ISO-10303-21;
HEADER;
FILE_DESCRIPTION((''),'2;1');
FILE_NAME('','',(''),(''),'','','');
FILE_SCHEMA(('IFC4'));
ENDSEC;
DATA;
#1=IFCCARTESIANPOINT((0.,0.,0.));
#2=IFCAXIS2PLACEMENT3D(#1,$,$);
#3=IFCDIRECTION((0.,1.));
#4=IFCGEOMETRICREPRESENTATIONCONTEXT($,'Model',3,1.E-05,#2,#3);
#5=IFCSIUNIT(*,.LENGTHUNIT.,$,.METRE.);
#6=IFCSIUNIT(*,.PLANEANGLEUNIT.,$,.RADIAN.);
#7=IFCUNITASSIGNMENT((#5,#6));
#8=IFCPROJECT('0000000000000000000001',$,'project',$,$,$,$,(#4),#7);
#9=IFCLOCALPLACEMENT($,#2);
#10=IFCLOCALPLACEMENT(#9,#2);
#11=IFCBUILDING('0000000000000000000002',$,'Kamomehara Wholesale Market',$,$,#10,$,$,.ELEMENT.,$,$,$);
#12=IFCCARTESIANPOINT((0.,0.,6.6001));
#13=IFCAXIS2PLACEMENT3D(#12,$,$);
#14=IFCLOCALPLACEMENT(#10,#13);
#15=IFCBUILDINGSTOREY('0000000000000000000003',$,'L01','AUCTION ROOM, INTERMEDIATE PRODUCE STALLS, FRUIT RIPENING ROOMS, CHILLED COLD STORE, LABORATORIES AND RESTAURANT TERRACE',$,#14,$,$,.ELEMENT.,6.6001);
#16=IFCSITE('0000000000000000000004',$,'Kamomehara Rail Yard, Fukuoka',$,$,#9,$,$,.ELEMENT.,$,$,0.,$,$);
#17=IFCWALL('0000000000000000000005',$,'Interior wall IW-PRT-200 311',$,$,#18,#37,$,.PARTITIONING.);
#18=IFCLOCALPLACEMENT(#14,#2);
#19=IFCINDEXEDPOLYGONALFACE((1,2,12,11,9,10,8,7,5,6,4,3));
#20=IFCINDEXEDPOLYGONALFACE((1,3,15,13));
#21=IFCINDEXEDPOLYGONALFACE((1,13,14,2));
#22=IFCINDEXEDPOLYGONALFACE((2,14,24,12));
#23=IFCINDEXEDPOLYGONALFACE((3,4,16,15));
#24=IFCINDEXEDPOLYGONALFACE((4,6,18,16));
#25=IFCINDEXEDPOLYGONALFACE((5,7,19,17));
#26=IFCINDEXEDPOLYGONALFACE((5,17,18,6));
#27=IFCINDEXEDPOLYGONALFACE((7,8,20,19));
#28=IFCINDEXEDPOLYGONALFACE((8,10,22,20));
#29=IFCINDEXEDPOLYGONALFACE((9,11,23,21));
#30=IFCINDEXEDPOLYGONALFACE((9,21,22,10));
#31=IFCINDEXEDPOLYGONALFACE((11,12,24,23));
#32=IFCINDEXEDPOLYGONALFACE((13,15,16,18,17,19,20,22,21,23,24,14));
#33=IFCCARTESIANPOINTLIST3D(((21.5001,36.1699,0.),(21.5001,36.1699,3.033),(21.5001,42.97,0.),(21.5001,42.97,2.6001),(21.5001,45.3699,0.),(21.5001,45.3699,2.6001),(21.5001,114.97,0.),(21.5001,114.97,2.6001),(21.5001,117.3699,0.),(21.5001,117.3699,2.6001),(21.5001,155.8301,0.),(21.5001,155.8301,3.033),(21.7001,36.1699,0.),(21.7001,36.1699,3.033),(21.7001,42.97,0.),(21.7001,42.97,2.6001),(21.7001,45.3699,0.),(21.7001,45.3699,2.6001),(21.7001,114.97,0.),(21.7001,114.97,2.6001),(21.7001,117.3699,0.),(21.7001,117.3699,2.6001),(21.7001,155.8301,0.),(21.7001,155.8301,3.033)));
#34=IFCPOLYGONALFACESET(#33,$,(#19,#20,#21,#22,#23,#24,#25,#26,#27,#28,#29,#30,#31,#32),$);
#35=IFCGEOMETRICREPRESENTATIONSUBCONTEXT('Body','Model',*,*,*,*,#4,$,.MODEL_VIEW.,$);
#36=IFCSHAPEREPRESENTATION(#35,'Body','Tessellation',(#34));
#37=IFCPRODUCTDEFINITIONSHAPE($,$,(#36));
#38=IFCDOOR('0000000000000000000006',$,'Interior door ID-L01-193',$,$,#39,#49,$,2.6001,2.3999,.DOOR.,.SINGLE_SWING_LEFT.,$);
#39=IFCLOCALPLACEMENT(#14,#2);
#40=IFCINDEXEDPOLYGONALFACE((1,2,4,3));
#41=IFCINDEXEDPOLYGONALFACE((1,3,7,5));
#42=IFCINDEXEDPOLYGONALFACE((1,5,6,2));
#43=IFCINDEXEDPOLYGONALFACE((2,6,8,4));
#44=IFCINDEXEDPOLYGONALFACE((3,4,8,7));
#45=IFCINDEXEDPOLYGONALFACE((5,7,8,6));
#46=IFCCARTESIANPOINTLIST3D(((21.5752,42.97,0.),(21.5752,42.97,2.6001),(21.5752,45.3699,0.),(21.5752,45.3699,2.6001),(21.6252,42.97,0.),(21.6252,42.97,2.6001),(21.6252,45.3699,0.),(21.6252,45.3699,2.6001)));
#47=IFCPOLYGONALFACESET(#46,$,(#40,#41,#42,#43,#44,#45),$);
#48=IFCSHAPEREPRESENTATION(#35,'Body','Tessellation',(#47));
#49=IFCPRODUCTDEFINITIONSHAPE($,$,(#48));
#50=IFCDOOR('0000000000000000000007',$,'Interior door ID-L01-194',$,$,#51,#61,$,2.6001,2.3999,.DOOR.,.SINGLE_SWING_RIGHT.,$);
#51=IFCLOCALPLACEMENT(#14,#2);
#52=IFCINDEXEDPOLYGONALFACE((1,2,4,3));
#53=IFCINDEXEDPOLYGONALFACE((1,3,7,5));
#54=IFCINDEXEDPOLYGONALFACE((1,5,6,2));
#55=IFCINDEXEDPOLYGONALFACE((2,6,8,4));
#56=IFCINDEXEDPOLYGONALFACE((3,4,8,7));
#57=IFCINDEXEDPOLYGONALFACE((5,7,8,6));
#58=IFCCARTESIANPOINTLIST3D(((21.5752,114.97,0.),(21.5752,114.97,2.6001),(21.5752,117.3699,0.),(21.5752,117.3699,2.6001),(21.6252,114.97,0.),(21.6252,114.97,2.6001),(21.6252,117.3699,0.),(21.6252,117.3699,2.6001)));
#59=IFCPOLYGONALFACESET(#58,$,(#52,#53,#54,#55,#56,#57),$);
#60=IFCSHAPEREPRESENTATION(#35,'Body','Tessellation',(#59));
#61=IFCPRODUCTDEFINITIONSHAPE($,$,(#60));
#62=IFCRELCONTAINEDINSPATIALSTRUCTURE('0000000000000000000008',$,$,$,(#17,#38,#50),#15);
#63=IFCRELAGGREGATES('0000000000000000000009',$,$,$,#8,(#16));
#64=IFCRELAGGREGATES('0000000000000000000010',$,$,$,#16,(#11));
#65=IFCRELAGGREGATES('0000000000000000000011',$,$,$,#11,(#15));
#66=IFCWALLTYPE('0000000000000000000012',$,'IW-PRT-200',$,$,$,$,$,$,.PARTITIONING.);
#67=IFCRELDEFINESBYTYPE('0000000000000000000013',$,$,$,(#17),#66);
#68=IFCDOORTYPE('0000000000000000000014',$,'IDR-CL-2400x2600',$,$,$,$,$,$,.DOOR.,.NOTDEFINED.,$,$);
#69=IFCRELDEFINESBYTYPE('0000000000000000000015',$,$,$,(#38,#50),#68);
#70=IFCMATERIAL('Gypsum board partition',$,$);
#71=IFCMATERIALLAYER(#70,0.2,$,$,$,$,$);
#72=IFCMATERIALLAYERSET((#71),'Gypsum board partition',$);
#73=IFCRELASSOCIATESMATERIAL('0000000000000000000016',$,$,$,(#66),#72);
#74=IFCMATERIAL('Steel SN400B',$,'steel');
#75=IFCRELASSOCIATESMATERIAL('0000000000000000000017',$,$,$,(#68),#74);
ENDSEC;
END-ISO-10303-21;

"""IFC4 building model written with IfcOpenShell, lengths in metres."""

from ifc_helpers import new_model, si_unit, direction, frame, frame_2d, origin, place, context, subcontext, project, spatial, rectangle, extrude, material, layer, layer_set, type_object, element, fill, save


model = new_model("IFC4")

# Units and contexts
model_context = context("Model", 3, precision=1e-05, world=origin(), true_north=direction((0.0, 1.0)))
body_context = subcontext(model_context, "Body", "Model", "MODEL_VIEW")
ifc_project = project(units=[si_unit("LENGTHUNIT", "METRE"), si_unit("PLANEANGLEUNIT", "RADIAN")], contexts=[model_context])

# Site, building, storey
site_placement = place(None, origin())
site = spatial("IfcSite", under=ifc_project, at=site_placement, Name="Kamomehara Rail Yard, Fukuoka", CompositionType="ELEMENT", RefElevation=0.0)
building_placement = place(site_placement, origin())
building = spatial("IfcBuilding", under=site, at=building_placement, Name="Kamomehara Wholesale Market", CompositionType="ELEMENT")
storey_placement = place(building_placement, frame((0.0, 0.0, 6.6001)))
storey = spatial("IfcBuildingStorey", under=building, at=storey_placement, Name="L01", Description="AUCTION ROOM, INTERMEDIATE PRODUCE STALLS, FRUIT RIPENING ROOMS, CHILLED COLD STORE, LABORATORIES AND RESTAURANT TERRACE", CompositionType="ELEMENT", Elevation=6.6001)

# Wall, openings, doors
ifc_material_1 = material(Name="Gypsum board partition")
ifc_layer_1 = layer(ifc_material_1, 0.2)
ifc_layer_set_1 = layer_set([ifc_layer_1], Name="Gypsum board partition")
wall_type_1 = type_object("IfcWallType", Name="IW-PRT-200", PredefinedType="PARTITIONING", material=ifc_layer_set_1)
wall_placement = place(storey_placement, frame((21.6001, 36.1699, 0.0), z_axis=(0.0, 0.0, 1.0), x_axis=(0.0, 1.0, 0.0)))
wall = element("IfcWall", 1, at=wall_placement, inside=storey, type_object=wall_type_1, Name="Interior wall IW-PRT-200 311", PredefinedType="PARTITIONING", context=body_context, shape_type="SweptSolid", body=[
    extrude(rectangle(XDim=119.6602, YDim=0.2, at=frame_2d((59.8301, 0.0))), origin(), (0.0, 0.0, 1.0), 3.033),
])
opening_1_placement = place(wall_placement, frame((6.8, 0.0, 0.0)))
opening_1 = element("IfcOpeningElement", 2, at=opening_1_placement, cuts=wall, PredefinedType="OPENING", context=body_context, shape_type="SweptSolid", body=[
    extrude(rectangle(XDim=2.3999, YDim=2.6001, at=frame_2d((1.2, 1.3))), frame((0.0, 0.1147, 0.0), z_axis=(0.0, -1.0, 0.0), x_axis=(1.0, 0.0, 0.0)), (0.0, 0.0, 1.0), 0.2297),
])
opening_2_placement = place(wall_placement, frame((78.8, 0.0, 0.0)))
opening_2 = element("IfcOpeningElement", 3, at=opening_2_placement, cuts=wall, PredefinedType="OPENING", context=body_context, shape_type="SweptSolid", body=[
    extrude(rectangle(XDim=2.3999, YDim=2.6001, at=frame_2d((1.2, 1.3))), frame((0.0, 0.1147, 0.0), z_axis=(0.0, -1.0, 0.0), x_axis=(1.0, 0.0, 0.0)), (0.0, 0.0, 1.0), 0.2297),
])
ifc_material_2 = material(Name="Steel SN400B", Category="steel")
door_type = type_object("IfcDoorType", Name="IDR-CL-2400x2600", OperationType="NOTDEFINED", PredefinedType="DOOR", material=ifc_material_2)
door_1_placement = place(opening_1_placement, origin())
door_1 = element("IfcDoor", 4, at=door_1_placement, inside=storey, type_object=door_type, Name="Interior door ID-L01-193", OperationType="SINGLE_SWING_LEFT", OverallHeight=2.6001, OverallWidth=2.3999, PredefinedType="DOOR", context=body_context, shape_type="SweptSolid", body=[
    extrude(rectangle(XDim=2.3999, YDim=2.6001, at=frame_2d((1.2, 1.3))), frame((0.0, 0.0249, 0.0), z_axis=(0.0, -1.0, 0.0), x_axis=(1.0, 0.0, 0.0)), (0.0, 0.0, 1.0), 0.05),
])
fill(opening_1, door_1)
door_2_placement = place(opening_2_placement, origin())
door_2 = element("IfcDoor", 5, at=door_2_placement, inside=storey, type_object=door_type, Name="Interior door ID-L01-194", OperationType="SINGLE_SWING_RIGHT", OverallHeight=2.6001, OverallWidth=2.3999, PredefinedType="DOOR", context=body_context, shape_type="SweptSolid", body=[
    extrude(rectangle(XDim=2.3999, YDim=2.6001, at=frame_2d((1.2, 1.3))), frame((0.0, 0.0249, 0.0), z_axis=(0.0, -1.0, 0.0), x_axis=(1.0, 0.0, 0.0)), (0.0, 0.0, 1.0), 0.05),
])
fill(opening_2, door_2)

save(model, "model.ifc")
